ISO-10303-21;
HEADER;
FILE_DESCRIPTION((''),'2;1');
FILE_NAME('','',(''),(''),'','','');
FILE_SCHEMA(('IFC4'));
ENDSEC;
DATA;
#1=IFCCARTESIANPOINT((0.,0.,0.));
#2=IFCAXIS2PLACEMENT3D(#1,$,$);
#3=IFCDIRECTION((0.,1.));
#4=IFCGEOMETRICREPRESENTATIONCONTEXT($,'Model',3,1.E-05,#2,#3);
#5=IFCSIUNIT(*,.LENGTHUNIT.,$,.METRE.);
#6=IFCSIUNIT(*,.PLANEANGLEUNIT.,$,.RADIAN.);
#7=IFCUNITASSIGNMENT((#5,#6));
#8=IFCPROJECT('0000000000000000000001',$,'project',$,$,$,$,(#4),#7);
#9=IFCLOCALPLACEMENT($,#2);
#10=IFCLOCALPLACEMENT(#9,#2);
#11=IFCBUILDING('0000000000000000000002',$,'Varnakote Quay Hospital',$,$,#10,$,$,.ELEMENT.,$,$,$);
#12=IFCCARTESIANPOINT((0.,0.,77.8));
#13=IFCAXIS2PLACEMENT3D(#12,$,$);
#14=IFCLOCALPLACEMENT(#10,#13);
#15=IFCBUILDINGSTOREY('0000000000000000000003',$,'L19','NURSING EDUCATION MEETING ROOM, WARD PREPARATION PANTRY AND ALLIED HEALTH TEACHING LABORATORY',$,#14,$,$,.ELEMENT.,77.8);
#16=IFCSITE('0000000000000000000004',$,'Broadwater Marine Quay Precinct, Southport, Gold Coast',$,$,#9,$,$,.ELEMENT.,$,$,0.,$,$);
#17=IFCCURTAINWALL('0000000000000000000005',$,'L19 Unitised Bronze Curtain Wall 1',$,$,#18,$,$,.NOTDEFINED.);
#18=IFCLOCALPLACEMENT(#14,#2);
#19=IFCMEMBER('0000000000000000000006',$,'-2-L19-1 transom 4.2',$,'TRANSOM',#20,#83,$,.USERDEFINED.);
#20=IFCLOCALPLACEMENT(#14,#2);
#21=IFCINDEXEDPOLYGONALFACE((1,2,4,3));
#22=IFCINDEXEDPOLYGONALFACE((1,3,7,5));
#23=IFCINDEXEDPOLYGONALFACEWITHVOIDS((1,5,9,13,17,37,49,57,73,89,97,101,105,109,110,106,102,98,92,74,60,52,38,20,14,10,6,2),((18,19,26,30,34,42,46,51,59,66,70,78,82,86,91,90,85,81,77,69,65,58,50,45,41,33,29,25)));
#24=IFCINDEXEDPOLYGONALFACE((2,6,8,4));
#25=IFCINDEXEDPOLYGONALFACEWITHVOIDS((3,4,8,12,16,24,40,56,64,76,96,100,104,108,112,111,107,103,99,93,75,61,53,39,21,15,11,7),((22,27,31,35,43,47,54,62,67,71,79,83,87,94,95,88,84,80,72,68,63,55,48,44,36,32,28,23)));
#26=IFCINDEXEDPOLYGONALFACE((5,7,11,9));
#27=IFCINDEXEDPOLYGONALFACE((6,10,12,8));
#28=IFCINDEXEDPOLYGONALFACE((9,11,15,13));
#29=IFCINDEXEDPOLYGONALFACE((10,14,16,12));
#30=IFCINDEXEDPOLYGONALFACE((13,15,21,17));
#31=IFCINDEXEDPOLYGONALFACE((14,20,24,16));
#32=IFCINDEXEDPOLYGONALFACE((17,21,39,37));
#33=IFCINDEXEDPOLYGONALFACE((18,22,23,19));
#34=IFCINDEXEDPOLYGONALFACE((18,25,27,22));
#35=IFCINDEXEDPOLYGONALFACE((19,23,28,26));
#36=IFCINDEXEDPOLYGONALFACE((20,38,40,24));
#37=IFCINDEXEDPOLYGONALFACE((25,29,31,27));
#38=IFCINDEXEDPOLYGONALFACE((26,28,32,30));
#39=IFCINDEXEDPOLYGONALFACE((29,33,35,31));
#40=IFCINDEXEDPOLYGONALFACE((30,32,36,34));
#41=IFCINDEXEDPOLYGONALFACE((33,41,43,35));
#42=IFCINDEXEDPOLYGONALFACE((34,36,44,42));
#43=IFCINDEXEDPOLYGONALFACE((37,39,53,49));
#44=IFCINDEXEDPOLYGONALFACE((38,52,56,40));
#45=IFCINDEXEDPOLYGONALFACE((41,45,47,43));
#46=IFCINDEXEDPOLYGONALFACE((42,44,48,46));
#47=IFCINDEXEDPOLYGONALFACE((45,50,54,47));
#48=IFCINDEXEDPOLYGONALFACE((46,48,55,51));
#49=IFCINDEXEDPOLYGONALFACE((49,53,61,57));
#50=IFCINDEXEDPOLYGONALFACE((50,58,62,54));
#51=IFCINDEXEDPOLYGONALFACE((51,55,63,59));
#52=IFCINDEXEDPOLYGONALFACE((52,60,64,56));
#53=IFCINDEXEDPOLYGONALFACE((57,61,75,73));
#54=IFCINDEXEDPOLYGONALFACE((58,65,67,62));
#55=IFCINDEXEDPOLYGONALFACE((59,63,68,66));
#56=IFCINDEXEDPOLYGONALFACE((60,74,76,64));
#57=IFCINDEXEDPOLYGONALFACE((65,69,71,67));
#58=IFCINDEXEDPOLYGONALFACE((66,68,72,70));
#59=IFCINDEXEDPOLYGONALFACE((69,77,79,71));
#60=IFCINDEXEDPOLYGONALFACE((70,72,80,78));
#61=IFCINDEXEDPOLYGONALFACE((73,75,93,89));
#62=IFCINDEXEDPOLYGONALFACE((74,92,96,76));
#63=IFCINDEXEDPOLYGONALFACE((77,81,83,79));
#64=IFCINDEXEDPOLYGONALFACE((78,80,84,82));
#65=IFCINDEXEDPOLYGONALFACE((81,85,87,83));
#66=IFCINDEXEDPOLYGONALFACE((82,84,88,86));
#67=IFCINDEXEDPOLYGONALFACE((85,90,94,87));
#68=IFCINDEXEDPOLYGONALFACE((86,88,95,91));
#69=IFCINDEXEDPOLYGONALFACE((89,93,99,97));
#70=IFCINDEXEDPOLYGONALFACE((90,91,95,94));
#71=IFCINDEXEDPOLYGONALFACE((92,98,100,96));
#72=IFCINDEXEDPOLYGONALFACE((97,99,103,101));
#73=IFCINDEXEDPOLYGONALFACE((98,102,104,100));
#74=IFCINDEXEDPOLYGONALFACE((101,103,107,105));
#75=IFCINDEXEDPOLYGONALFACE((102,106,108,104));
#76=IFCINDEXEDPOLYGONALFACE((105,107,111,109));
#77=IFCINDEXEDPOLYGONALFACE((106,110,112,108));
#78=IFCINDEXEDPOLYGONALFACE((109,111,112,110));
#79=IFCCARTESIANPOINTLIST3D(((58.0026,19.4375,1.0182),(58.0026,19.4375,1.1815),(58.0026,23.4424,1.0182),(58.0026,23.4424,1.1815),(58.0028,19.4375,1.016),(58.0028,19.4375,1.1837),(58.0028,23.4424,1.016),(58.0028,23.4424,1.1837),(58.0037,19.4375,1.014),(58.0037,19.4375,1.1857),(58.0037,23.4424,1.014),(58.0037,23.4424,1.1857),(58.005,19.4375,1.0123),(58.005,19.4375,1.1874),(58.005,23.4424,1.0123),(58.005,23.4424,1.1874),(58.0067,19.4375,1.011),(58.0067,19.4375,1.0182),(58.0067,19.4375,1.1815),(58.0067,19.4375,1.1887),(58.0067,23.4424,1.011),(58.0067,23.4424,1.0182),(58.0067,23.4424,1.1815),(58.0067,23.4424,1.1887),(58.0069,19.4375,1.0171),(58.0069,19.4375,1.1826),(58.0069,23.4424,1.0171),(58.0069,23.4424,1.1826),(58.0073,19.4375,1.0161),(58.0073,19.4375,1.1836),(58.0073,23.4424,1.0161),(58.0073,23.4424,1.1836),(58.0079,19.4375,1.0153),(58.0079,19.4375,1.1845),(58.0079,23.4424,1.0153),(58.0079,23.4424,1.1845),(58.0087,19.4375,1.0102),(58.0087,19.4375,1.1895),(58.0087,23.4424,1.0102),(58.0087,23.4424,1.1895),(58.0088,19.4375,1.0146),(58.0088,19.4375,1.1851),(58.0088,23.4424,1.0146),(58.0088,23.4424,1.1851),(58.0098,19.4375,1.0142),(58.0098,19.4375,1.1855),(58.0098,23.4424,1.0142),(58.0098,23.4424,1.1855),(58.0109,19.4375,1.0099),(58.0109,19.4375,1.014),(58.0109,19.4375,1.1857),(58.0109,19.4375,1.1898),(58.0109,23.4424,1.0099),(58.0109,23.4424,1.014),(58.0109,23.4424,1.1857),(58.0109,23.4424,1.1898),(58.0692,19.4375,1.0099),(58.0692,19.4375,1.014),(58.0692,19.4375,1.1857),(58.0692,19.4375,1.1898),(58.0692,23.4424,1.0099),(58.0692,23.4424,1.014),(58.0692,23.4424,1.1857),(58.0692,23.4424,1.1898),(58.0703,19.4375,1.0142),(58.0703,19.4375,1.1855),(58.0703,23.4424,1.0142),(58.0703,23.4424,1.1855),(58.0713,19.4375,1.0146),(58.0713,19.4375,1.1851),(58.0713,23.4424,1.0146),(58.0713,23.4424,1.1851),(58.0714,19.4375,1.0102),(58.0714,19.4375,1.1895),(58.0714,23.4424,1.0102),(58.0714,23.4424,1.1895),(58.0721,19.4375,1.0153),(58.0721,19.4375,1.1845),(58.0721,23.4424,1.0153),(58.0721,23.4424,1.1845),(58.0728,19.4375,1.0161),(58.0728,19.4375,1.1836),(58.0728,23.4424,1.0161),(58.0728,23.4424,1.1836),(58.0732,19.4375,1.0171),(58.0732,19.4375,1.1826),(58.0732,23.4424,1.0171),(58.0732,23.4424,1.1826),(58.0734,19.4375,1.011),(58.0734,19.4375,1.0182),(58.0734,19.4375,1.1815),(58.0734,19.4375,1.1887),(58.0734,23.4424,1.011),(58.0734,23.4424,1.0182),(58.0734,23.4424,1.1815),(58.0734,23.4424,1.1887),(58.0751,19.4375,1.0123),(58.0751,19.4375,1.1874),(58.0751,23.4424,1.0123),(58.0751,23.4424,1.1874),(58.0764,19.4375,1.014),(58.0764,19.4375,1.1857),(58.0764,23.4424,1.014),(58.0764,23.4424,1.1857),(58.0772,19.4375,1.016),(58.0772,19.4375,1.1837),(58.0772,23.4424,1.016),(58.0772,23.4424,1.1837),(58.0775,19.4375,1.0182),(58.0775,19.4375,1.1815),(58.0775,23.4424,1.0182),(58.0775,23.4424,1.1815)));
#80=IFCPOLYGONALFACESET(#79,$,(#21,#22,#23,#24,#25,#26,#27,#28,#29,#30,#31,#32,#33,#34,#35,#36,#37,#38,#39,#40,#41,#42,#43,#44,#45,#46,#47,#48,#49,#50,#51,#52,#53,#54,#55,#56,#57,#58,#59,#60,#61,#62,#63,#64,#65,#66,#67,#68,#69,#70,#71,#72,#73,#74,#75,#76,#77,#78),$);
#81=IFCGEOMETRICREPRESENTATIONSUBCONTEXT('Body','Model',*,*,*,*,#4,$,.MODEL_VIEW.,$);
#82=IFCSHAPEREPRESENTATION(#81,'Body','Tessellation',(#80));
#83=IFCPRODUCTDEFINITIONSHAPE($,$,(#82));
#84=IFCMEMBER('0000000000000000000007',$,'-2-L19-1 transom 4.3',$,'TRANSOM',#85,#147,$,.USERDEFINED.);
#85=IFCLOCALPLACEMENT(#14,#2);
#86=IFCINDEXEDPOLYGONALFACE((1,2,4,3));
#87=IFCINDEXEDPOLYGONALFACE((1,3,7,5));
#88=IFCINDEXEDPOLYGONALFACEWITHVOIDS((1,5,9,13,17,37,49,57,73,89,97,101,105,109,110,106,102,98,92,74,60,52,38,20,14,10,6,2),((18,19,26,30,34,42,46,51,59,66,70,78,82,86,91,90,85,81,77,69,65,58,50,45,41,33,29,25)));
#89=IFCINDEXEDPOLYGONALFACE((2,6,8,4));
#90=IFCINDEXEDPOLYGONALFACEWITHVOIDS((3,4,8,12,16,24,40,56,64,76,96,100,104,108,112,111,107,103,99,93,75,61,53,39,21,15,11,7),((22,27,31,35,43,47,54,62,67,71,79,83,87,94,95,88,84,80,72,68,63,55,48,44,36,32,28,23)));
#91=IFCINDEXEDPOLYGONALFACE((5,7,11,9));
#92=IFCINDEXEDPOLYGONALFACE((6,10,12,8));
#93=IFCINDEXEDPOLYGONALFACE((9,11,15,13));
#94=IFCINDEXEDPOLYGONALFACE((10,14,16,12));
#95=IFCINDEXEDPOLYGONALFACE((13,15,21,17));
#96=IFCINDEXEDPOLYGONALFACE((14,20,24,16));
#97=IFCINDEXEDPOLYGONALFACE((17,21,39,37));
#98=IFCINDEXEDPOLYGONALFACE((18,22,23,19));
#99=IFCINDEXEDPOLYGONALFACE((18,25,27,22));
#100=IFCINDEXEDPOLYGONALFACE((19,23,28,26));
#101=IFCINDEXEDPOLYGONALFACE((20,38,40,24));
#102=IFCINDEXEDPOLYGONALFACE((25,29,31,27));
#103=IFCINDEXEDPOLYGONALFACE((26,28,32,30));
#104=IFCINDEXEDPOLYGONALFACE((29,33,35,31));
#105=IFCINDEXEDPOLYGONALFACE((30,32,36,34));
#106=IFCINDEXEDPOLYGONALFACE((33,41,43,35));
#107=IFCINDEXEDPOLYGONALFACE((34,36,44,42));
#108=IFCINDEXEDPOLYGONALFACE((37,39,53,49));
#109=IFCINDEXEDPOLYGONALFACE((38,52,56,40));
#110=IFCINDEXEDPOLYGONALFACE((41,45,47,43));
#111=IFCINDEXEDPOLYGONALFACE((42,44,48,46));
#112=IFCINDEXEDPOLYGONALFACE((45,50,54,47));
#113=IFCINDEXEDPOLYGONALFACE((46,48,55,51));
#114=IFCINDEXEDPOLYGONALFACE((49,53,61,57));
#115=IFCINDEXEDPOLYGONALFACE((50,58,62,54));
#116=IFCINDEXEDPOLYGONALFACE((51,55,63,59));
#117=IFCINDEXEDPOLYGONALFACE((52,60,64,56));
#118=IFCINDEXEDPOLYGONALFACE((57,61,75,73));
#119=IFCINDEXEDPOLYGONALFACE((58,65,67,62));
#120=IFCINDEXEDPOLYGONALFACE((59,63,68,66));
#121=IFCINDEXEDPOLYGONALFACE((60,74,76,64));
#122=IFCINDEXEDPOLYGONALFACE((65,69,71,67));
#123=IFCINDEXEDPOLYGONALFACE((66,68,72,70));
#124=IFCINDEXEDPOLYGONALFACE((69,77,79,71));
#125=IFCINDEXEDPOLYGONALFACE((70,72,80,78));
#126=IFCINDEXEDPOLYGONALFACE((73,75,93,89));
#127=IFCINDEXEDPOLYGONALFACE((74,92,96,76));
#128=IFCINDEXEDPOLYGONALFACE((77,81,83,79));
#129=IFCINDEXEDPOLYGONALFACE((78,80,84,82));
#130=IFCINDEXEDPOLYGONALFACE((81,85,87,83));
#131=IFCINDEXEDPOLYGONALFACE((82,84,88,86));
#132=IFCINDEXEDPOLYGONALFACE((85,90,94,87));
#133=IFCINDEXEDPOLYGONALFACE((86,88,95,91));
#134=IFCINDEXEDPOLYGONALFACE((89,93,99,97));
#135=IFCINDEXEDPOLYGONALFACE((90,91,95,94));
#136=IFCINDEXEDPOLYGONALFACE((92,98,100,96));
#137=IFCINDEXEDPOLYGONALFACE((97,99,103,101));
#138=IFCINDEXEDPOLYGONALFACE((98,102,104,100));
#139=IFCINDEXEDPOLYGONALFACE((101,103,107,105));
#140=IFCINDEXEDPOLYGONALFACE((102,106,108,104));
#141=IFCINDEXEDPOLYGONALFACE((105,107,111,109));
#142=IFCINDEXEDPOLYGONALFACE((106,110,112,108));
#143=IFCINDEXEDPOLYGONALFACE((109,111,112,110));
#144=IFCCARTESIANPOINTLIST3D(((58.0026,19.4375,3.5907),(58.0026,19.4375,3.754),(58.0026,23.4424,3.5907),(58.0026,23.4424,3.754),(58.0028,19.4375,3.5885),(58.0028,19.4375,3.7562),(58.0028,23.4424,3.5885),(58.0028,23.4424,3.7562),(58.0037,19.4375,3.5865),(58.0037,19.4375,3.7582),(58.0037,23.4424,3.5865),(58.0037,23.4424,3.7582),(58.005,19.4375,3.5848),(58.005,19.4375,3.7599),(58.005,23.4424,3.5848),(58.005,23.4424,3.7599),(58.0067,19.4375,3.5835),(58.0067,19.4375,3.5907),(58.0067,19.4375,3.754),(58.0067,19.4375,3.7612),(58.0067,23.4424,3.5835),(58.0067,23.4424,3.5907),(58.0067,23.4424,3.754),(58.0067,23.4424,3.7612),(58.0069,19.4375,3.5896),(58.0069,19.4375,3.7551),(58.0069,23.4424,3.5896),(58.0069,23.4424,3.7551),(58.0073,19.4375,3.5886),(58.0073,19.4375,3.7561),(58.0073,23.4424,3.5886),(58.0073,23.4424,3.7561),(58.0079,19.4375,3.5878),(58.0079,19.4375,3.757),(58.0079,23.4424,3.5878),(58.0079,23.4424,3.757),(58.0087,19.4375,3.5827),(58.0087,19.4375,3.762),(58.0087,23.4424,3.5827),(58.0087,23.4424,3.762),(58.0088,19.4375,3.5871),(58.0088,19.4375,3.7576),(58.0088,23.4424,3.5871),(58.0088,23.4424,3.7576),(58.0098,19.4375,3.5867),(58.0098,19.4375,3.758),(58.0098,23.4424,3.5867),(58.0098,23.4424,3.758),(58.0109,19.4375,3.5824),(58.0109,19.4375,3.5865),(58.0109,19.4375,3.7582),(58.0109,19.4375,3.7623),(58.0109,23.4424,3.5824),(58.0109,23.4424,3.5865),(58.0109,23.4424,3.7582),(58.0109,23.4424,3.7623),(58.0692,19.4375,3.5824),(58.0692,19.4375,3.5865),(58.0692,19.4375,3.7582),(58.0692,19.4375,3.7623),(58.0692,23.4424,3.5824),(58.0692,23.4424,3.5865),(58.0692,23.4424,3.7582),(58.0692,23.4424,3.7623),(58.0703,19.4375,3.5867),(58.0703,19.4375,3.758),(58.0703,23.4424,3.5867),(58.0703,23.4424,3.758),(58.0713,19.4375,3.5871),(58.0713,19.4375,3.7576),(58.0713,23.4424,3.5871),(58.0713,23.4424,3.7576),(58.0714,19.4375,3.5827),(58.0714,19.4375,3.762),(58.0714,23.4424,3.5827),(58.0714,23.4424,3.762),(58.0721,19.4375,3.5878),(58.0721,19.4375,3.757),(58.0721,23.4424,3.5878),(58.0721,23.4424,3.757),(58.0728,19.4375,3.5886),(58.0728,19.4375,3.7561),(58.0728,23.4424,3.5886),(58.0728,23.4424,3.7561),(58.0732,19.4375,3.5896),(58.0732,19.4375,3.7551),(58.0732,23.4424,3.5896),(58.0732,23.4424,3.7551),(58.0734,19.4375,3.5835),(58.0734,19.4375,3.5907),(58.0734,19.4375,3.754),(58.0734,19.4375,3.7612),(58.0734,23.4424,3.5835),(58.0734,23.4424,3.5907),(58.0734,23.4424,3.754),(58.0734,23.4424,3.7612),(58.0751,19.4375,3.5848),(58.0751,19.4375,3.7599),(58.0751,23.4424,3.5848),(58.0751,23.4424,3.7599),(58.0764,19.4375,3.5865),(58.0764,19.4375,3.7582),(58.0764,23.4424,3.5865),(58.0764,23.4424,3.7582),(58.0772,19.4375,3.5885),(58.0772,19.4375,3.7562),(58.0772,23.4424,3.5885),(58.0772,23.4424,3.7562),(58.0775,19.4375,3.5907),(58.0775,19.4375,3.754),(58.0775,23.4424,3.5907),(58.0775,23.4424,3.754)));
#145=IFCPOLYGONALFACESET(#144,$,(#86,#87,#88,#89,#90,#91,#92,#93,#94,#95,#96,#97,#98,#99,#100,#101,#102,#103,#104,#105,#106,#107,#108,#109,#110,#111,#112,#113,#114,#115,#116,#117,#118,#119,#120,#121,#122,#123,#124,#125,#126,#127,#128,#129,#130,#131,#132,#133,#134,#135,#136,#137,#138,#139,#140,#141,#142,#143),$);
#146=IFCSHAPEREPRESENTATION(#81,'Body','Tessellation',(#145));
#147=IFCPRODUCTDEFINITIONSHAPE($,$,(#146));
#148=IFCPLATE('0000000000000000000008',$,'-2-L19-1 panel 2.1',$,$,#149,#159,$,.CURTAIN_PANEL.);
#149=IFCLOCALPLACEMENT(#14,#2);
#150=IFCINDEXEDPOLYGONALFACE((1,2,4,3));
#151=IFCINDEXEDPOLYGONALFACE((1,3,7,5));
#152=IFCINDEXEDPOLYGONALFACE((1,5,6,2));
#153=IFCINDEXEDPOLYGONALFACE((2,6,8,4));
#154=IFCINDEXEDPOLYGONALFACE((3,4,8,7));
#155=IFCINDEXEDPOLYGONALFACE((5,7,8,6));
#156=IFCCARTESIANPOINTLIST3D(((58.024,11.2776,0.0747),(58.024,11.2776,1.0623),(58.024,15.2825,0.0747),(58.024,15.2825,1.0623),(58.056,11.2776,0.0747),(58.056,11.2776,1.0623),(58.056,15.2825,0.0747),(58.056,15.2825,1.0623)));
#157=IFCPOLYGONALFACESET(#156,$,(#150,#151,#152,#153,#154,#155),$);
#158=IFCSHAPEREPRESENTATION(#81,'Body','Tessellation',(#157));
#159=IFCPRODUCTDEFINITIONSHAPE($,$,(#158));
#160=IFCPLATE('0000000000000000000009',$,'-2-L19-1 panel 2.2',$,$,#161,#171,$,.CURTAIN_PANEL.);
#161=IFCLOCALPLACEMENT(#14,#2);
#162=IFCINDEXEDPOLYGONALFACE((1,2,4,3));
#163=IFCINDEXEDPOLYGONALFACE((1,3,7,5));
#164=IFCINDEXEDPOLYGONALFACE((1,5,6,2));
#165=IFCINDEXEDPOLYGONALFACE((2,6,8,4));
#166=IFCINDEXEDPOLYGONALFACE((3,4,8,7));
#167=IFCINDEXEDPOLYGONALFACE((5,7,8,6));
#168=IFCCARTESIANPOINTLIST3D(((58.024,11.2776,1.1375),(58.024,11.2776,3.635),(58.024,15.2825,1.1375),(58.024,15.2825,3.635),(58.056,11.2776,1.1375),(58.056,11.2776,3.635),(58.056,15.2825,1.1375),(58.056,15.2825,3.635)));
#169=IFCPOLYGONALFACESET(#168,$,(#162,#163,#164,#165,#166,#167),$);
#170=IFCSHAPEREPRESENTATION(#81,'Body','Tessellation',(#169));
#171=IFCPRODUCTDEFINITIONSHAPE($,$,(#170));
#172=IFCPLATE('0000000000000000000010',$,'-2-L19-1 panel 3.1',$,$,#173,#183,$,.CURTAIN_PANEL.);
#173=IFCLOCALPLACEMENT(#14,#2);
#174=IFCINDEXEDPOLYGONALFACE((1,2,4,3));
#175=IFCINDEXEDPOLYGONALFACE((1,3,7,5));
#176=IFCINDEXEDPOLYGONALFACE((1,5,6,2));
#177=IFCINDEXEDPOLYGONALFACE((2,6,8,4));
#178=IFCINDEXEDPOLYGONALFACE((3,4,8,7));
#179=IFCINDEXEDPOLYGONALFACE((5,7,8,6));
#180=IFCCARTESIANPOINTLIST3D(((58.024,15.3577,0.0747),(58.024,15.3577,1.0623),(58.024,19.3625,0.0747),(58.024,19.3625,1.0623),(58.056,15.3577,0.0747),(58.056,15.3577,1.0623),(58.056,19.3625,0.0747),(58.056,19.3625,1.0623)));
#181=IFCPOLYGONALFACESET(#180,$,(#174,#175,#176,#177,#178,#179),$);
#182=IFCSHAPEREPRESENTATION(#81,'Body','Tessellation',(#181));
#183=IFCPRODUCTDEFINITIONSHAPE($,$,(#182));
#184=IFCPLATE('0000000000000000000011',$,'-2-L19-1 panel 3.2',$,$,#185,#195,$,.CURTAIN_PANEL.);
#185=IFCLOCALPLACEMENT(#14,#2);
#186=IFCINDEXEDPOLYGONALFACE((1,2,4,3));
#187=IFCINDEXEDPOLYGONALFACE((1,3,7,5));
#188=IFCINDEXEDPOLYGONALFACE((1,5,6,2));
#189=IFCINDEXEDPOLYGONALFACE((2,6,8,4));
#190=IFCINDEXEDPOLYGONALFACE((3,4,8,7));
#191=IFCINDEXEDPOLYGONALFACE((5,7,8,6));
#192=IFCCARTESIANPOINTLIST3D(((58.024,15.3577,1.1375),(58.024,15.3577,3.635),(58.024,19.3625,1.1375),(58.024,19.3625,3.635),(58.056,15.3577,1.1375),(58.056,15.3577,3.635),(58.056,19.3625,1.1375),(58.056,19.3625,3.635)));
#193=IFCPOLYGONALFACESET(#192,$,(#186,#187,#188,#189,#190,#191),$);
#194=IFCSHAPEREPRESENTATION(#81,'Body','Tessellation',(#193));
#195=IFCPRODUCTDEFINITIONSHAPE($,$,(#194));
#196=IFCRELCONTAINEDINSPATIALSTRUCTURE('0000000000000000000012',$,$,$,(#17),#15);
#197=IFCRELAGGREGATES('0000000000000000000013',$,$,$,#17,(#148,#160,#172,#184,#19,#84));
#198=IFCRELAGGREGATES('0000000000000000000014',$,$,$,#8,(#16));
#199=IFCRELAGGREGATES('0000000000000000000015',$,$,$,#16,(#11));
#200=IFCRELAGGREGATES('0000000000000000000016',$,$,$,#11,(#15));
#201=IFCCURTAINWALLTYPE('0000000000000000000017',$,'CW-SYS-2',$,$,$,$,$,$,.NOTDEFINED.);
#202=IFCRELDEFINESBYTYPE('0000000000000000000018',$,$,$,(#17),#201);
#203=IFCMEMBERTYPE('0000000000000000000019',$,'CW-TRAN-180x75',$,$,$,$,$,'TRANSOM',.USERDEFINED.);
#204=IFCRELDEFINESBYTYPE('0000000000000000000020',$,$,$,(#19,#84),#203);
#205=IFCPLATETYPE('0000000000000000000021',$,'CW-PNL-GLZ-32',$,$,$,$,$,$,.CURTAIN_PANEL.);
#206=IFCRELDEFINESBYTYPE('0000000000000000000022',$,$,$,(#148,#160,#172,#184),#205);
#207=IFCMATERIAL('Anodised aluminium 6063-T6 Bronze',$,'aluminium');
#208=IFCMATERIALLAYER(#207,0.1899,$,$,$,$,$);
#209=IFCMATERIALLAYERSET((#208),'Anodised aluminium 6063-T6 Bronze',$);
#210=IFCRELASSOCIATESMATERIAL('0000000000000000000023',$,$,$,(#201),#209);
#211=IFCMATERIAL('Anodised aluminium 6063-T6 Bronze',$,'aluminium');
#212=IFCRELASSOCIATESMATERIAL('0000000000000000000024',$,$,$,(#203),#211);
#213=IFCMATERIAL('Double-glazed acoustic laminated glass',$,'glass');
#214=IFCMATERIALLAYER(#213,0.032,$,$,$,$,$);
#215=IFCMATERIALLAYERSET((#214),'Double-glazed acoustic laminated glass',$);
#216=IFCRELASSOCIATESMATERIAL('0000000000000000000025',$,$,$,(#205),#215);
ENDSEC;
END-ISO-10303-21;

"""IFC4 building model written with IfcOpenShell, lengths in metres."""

from ifc_helpers import new_model, si_unit, direction, frame, origin, origin_2d, place, context, subcontext, project, spatial, rectangle, hollow_rectangle, extrude, material, layer, layer_set, material_profile, profile_set, type_object, element, aggregate, save


model = new_model("IFC4")

# Units and contexts
model_context = context("Model", 3, precision=1e-05, world=origin(), true_north=direction((0.0, 1.0)))
body_context = subcontext(model_context, "Body", "Model", "MODEL_VIEW")
ifc_project = project(units=[si_unit("LENGTHUNIT", "METRE"), si_unit("PLANEANGLEUNIT", "RADIAN")], contexts=[model_context])

# Site, building, storey
site_placement = place(None, origin())
site = spatial("IfcSite", under=ifc_project, at=site_placement, Name="Broadwater Marine Quay Precinct, Southport, Gold Coast", CompositionType="ELEMENT", RefElevation=0.0)
building_placement = place(site_placement, origin())
building = spatial("IfcBuilding", under=site, at=building_placement, Name="Varnakote Quay Hospital", CompositionType="ELEMENT")
storey_placement = place(building_placement, frame((0.0, 0.0, 77.8)))
storey = spatial("IfcBuildingStorey", under=building, at=storey_placement, Name="L19", Description="NURSING EDUCATION MEETING ROOM, WARD PREPARATION PANTRY AND ALLIED HEALTH TEACHING LABORATORY", CompositionType="ELEMENT", Elevation=77.8)

# Curtain wall, members, plates
ifc_material_1 = material(Name="Anodised aluminium 6063-T6 Bronze", Category="aluminium")
ifc_layer_1 = layer(ifc_material_1, 0.1899)
ifc_layer_set_1 = layer_set([ifc_layer_1], Name="Anodised aluminium 6063-T6 Bronze")
curtain_wall_type = type_object("IfcCurtainWallType", Name="CW-SYS-2", PredefinedType="NOTDEFINED", material=ifc_layer_set_1)
curtain_wall_placement = place(storey_placement, origin())
curtain_wall = element("IfcCurtainWall", 1, at=curtain_wall_placement, inside=storey, type_object=curtain_wall_type, Name="L19 Unitised Bronze Curtain Wall 1", PredefinedType="NOTDEFINED")
ifc_material_2 = material(Name="Anodised aluminium 6063-T6 Bronze", Category="aluminium")
ifc_material_profile_1 = material_profile(ifc_material_2, hollow_rectangle(XDim=0.075, YDim=0.1799, WallThickness=0.0042, InnerFilletRadius=0.0042, OuterFilletRadius=0.0083, at=origin_2d()), Name="CW-TRAN-180x75")
ifc_profile_set_1 = profile_set([ifc_material_profile_1], Name="Anodised aluminium 6063-T6 Bronze")
member_type_1 = type_object("IfcMemberType", Name="CW-TRAN-180x75", ElementType="TRANSOM", PredefinedType="USERDEFINED", material=ifc_profile_set_1)
member_1_placement = place(storey_placement, frame((58.04, 19.4375, 1.0999), z_axis=(0.0, 1.0, 0.0), x_axis=(-1.0, 0.0, 0.0)))
member_1 = element("IfcMember", 2, at=member_1_placement, type_object=member_type_1, Name="-2-L19-1 transom 4.2", ObjectType="TRANSOM", PredefinedType="USERDEFINED", context=body_context, shape_type="SweptSolid", body=[
    extrude(hollow_rectangle(XDim=0.075, YDim=0.1799, WallThickness=0.0042, InnerFilletRadius=0.0042, OuterFilletRadius=0.0083, at=origin_2d()), origin(), (0.0, 0.0, 1.0), 4.0049),
])
member_2_placement = place(storey_placement, frame((58.04, 19.4375, 3.6724), z_axis=(0.0, 1.0, 0.0), x_axis=(-1.0, 0.0, 0.0)))
member_2 = element("IfcMember", 3, at=member_2_placement, type_object=member_type_1, Name="-2-L19-1 transom 4.3", ObjectType="TRANSOM", PredefinedType="USERDEFINED", context=body_context, shape_type="SweptSolid", body=[
    extrude(hollow_rectangle(XDim=0.075, YDim=0.1799, WallThickness=0.0042, InnerFilletRadius=0.0042, OuterFilletRadius=0.0083, at=origin_2d()), origin(), (0.0, 0.0, 1.0), 4.0049),
])
ifc_material_3 = material(Name="Double-glazed acoustic laminated glass", Category="glass")
ifc_layer_2 = layer(ifc_material_3, 0.032)
ifc_layer_set_2 = layer_set([ifc_layer_2], Name="Double-glazed acoustic laminated glass")
plate_type = type_object("IfcPlateType", Name="CW-PNL-GLZ-32", PredefinedType="CURTAIN_PANEL", material=ifc_layer_set_2)
plate_1_placement = place(storey_placement, frame((58.04, 13.28, 0.0747), z_axis=(0.0, 0.0, 1.0), x_axis=(0.0, 1.0, 0.0)))
plate_1 = element("IfcPlate", 4, at=plate_1_placement, type_object=plate_type, Name="-2-L19-1 panel 2.1", PredefinedType="CURTAIN_PANEL", context=body_context, shape_type="SweptSolid", body=[
    extrude(rectangle(XDim=4.0049, YDim=0.032, at=origin_2d()), origin(), (0.0, 0.0, 1.0), 0.9875),
])
plate_2_placement = place(storey_placement, frame((58.04, 13.28, 1.1375), z_axis=(0.0, 0.0, 1.0), x_axis=(0.0, 1.0, 0.0)))
plate_2 = element("IfcPlate", 5, at=plate_2_placement, type_object=plate_type, Name="-2-L19-1 panel 2.2", PredefinedType="CURTAIN_PANEL", context=body_context, shape_type="SweptSolid", body=[
    extrude(rectangle(XDim=4.0049, YDim=0.032, at=origin_2d()), origin(), (0.0, 0.0, 1.0), 2.4976),
])
plate_3_placement = place(storey_placement, frame((58.04, 17.3601, 0.0747), z_axis=(0.0, 0.0, 1.0), x_axis=(0.0, 1.0, 0.0)))
plate_3 = element("IfcPlate", 6, at=plate_3_placement, type_object=plate_type, Name="-2-L19-1 panel 3.1", PredefinedType="CURTAIN_PANEL", context=body_context, shape_type="SweptSolid", body=[
    extrude(rectangle(XDim=4.0049, YDim=0.032, at=origin_2d()), origin(), (0.0, 0.0, 1.0), 0.9875),
])
plate_4_placement = place(storey_placement, frame((58.04, 17.3601, 1.1375), z_axis=(0.0, 0.0, 1.0), x_axis=(0.0, 1.0, 0.0)))
plate_4 = element("IfcPlate", 7, at=plate_4_placement, type_object=plate_type, Name="-2-L19-1 panel 3.2", PredefinedType="CURTAIN_PANEL", context=body_context, shape_type="SweptSolid", body=[
    extrude(rectangle(XDim=4.0049, YDim=0.032, at=origin_2d()), origin(), (0.0, 0.0, 1.0), 2.4976),
])
aggregate(curtain_wall, [plate_1, plate_2, plate_3, plate_4, member_1, member_2])

save(model, "model.ifc")
